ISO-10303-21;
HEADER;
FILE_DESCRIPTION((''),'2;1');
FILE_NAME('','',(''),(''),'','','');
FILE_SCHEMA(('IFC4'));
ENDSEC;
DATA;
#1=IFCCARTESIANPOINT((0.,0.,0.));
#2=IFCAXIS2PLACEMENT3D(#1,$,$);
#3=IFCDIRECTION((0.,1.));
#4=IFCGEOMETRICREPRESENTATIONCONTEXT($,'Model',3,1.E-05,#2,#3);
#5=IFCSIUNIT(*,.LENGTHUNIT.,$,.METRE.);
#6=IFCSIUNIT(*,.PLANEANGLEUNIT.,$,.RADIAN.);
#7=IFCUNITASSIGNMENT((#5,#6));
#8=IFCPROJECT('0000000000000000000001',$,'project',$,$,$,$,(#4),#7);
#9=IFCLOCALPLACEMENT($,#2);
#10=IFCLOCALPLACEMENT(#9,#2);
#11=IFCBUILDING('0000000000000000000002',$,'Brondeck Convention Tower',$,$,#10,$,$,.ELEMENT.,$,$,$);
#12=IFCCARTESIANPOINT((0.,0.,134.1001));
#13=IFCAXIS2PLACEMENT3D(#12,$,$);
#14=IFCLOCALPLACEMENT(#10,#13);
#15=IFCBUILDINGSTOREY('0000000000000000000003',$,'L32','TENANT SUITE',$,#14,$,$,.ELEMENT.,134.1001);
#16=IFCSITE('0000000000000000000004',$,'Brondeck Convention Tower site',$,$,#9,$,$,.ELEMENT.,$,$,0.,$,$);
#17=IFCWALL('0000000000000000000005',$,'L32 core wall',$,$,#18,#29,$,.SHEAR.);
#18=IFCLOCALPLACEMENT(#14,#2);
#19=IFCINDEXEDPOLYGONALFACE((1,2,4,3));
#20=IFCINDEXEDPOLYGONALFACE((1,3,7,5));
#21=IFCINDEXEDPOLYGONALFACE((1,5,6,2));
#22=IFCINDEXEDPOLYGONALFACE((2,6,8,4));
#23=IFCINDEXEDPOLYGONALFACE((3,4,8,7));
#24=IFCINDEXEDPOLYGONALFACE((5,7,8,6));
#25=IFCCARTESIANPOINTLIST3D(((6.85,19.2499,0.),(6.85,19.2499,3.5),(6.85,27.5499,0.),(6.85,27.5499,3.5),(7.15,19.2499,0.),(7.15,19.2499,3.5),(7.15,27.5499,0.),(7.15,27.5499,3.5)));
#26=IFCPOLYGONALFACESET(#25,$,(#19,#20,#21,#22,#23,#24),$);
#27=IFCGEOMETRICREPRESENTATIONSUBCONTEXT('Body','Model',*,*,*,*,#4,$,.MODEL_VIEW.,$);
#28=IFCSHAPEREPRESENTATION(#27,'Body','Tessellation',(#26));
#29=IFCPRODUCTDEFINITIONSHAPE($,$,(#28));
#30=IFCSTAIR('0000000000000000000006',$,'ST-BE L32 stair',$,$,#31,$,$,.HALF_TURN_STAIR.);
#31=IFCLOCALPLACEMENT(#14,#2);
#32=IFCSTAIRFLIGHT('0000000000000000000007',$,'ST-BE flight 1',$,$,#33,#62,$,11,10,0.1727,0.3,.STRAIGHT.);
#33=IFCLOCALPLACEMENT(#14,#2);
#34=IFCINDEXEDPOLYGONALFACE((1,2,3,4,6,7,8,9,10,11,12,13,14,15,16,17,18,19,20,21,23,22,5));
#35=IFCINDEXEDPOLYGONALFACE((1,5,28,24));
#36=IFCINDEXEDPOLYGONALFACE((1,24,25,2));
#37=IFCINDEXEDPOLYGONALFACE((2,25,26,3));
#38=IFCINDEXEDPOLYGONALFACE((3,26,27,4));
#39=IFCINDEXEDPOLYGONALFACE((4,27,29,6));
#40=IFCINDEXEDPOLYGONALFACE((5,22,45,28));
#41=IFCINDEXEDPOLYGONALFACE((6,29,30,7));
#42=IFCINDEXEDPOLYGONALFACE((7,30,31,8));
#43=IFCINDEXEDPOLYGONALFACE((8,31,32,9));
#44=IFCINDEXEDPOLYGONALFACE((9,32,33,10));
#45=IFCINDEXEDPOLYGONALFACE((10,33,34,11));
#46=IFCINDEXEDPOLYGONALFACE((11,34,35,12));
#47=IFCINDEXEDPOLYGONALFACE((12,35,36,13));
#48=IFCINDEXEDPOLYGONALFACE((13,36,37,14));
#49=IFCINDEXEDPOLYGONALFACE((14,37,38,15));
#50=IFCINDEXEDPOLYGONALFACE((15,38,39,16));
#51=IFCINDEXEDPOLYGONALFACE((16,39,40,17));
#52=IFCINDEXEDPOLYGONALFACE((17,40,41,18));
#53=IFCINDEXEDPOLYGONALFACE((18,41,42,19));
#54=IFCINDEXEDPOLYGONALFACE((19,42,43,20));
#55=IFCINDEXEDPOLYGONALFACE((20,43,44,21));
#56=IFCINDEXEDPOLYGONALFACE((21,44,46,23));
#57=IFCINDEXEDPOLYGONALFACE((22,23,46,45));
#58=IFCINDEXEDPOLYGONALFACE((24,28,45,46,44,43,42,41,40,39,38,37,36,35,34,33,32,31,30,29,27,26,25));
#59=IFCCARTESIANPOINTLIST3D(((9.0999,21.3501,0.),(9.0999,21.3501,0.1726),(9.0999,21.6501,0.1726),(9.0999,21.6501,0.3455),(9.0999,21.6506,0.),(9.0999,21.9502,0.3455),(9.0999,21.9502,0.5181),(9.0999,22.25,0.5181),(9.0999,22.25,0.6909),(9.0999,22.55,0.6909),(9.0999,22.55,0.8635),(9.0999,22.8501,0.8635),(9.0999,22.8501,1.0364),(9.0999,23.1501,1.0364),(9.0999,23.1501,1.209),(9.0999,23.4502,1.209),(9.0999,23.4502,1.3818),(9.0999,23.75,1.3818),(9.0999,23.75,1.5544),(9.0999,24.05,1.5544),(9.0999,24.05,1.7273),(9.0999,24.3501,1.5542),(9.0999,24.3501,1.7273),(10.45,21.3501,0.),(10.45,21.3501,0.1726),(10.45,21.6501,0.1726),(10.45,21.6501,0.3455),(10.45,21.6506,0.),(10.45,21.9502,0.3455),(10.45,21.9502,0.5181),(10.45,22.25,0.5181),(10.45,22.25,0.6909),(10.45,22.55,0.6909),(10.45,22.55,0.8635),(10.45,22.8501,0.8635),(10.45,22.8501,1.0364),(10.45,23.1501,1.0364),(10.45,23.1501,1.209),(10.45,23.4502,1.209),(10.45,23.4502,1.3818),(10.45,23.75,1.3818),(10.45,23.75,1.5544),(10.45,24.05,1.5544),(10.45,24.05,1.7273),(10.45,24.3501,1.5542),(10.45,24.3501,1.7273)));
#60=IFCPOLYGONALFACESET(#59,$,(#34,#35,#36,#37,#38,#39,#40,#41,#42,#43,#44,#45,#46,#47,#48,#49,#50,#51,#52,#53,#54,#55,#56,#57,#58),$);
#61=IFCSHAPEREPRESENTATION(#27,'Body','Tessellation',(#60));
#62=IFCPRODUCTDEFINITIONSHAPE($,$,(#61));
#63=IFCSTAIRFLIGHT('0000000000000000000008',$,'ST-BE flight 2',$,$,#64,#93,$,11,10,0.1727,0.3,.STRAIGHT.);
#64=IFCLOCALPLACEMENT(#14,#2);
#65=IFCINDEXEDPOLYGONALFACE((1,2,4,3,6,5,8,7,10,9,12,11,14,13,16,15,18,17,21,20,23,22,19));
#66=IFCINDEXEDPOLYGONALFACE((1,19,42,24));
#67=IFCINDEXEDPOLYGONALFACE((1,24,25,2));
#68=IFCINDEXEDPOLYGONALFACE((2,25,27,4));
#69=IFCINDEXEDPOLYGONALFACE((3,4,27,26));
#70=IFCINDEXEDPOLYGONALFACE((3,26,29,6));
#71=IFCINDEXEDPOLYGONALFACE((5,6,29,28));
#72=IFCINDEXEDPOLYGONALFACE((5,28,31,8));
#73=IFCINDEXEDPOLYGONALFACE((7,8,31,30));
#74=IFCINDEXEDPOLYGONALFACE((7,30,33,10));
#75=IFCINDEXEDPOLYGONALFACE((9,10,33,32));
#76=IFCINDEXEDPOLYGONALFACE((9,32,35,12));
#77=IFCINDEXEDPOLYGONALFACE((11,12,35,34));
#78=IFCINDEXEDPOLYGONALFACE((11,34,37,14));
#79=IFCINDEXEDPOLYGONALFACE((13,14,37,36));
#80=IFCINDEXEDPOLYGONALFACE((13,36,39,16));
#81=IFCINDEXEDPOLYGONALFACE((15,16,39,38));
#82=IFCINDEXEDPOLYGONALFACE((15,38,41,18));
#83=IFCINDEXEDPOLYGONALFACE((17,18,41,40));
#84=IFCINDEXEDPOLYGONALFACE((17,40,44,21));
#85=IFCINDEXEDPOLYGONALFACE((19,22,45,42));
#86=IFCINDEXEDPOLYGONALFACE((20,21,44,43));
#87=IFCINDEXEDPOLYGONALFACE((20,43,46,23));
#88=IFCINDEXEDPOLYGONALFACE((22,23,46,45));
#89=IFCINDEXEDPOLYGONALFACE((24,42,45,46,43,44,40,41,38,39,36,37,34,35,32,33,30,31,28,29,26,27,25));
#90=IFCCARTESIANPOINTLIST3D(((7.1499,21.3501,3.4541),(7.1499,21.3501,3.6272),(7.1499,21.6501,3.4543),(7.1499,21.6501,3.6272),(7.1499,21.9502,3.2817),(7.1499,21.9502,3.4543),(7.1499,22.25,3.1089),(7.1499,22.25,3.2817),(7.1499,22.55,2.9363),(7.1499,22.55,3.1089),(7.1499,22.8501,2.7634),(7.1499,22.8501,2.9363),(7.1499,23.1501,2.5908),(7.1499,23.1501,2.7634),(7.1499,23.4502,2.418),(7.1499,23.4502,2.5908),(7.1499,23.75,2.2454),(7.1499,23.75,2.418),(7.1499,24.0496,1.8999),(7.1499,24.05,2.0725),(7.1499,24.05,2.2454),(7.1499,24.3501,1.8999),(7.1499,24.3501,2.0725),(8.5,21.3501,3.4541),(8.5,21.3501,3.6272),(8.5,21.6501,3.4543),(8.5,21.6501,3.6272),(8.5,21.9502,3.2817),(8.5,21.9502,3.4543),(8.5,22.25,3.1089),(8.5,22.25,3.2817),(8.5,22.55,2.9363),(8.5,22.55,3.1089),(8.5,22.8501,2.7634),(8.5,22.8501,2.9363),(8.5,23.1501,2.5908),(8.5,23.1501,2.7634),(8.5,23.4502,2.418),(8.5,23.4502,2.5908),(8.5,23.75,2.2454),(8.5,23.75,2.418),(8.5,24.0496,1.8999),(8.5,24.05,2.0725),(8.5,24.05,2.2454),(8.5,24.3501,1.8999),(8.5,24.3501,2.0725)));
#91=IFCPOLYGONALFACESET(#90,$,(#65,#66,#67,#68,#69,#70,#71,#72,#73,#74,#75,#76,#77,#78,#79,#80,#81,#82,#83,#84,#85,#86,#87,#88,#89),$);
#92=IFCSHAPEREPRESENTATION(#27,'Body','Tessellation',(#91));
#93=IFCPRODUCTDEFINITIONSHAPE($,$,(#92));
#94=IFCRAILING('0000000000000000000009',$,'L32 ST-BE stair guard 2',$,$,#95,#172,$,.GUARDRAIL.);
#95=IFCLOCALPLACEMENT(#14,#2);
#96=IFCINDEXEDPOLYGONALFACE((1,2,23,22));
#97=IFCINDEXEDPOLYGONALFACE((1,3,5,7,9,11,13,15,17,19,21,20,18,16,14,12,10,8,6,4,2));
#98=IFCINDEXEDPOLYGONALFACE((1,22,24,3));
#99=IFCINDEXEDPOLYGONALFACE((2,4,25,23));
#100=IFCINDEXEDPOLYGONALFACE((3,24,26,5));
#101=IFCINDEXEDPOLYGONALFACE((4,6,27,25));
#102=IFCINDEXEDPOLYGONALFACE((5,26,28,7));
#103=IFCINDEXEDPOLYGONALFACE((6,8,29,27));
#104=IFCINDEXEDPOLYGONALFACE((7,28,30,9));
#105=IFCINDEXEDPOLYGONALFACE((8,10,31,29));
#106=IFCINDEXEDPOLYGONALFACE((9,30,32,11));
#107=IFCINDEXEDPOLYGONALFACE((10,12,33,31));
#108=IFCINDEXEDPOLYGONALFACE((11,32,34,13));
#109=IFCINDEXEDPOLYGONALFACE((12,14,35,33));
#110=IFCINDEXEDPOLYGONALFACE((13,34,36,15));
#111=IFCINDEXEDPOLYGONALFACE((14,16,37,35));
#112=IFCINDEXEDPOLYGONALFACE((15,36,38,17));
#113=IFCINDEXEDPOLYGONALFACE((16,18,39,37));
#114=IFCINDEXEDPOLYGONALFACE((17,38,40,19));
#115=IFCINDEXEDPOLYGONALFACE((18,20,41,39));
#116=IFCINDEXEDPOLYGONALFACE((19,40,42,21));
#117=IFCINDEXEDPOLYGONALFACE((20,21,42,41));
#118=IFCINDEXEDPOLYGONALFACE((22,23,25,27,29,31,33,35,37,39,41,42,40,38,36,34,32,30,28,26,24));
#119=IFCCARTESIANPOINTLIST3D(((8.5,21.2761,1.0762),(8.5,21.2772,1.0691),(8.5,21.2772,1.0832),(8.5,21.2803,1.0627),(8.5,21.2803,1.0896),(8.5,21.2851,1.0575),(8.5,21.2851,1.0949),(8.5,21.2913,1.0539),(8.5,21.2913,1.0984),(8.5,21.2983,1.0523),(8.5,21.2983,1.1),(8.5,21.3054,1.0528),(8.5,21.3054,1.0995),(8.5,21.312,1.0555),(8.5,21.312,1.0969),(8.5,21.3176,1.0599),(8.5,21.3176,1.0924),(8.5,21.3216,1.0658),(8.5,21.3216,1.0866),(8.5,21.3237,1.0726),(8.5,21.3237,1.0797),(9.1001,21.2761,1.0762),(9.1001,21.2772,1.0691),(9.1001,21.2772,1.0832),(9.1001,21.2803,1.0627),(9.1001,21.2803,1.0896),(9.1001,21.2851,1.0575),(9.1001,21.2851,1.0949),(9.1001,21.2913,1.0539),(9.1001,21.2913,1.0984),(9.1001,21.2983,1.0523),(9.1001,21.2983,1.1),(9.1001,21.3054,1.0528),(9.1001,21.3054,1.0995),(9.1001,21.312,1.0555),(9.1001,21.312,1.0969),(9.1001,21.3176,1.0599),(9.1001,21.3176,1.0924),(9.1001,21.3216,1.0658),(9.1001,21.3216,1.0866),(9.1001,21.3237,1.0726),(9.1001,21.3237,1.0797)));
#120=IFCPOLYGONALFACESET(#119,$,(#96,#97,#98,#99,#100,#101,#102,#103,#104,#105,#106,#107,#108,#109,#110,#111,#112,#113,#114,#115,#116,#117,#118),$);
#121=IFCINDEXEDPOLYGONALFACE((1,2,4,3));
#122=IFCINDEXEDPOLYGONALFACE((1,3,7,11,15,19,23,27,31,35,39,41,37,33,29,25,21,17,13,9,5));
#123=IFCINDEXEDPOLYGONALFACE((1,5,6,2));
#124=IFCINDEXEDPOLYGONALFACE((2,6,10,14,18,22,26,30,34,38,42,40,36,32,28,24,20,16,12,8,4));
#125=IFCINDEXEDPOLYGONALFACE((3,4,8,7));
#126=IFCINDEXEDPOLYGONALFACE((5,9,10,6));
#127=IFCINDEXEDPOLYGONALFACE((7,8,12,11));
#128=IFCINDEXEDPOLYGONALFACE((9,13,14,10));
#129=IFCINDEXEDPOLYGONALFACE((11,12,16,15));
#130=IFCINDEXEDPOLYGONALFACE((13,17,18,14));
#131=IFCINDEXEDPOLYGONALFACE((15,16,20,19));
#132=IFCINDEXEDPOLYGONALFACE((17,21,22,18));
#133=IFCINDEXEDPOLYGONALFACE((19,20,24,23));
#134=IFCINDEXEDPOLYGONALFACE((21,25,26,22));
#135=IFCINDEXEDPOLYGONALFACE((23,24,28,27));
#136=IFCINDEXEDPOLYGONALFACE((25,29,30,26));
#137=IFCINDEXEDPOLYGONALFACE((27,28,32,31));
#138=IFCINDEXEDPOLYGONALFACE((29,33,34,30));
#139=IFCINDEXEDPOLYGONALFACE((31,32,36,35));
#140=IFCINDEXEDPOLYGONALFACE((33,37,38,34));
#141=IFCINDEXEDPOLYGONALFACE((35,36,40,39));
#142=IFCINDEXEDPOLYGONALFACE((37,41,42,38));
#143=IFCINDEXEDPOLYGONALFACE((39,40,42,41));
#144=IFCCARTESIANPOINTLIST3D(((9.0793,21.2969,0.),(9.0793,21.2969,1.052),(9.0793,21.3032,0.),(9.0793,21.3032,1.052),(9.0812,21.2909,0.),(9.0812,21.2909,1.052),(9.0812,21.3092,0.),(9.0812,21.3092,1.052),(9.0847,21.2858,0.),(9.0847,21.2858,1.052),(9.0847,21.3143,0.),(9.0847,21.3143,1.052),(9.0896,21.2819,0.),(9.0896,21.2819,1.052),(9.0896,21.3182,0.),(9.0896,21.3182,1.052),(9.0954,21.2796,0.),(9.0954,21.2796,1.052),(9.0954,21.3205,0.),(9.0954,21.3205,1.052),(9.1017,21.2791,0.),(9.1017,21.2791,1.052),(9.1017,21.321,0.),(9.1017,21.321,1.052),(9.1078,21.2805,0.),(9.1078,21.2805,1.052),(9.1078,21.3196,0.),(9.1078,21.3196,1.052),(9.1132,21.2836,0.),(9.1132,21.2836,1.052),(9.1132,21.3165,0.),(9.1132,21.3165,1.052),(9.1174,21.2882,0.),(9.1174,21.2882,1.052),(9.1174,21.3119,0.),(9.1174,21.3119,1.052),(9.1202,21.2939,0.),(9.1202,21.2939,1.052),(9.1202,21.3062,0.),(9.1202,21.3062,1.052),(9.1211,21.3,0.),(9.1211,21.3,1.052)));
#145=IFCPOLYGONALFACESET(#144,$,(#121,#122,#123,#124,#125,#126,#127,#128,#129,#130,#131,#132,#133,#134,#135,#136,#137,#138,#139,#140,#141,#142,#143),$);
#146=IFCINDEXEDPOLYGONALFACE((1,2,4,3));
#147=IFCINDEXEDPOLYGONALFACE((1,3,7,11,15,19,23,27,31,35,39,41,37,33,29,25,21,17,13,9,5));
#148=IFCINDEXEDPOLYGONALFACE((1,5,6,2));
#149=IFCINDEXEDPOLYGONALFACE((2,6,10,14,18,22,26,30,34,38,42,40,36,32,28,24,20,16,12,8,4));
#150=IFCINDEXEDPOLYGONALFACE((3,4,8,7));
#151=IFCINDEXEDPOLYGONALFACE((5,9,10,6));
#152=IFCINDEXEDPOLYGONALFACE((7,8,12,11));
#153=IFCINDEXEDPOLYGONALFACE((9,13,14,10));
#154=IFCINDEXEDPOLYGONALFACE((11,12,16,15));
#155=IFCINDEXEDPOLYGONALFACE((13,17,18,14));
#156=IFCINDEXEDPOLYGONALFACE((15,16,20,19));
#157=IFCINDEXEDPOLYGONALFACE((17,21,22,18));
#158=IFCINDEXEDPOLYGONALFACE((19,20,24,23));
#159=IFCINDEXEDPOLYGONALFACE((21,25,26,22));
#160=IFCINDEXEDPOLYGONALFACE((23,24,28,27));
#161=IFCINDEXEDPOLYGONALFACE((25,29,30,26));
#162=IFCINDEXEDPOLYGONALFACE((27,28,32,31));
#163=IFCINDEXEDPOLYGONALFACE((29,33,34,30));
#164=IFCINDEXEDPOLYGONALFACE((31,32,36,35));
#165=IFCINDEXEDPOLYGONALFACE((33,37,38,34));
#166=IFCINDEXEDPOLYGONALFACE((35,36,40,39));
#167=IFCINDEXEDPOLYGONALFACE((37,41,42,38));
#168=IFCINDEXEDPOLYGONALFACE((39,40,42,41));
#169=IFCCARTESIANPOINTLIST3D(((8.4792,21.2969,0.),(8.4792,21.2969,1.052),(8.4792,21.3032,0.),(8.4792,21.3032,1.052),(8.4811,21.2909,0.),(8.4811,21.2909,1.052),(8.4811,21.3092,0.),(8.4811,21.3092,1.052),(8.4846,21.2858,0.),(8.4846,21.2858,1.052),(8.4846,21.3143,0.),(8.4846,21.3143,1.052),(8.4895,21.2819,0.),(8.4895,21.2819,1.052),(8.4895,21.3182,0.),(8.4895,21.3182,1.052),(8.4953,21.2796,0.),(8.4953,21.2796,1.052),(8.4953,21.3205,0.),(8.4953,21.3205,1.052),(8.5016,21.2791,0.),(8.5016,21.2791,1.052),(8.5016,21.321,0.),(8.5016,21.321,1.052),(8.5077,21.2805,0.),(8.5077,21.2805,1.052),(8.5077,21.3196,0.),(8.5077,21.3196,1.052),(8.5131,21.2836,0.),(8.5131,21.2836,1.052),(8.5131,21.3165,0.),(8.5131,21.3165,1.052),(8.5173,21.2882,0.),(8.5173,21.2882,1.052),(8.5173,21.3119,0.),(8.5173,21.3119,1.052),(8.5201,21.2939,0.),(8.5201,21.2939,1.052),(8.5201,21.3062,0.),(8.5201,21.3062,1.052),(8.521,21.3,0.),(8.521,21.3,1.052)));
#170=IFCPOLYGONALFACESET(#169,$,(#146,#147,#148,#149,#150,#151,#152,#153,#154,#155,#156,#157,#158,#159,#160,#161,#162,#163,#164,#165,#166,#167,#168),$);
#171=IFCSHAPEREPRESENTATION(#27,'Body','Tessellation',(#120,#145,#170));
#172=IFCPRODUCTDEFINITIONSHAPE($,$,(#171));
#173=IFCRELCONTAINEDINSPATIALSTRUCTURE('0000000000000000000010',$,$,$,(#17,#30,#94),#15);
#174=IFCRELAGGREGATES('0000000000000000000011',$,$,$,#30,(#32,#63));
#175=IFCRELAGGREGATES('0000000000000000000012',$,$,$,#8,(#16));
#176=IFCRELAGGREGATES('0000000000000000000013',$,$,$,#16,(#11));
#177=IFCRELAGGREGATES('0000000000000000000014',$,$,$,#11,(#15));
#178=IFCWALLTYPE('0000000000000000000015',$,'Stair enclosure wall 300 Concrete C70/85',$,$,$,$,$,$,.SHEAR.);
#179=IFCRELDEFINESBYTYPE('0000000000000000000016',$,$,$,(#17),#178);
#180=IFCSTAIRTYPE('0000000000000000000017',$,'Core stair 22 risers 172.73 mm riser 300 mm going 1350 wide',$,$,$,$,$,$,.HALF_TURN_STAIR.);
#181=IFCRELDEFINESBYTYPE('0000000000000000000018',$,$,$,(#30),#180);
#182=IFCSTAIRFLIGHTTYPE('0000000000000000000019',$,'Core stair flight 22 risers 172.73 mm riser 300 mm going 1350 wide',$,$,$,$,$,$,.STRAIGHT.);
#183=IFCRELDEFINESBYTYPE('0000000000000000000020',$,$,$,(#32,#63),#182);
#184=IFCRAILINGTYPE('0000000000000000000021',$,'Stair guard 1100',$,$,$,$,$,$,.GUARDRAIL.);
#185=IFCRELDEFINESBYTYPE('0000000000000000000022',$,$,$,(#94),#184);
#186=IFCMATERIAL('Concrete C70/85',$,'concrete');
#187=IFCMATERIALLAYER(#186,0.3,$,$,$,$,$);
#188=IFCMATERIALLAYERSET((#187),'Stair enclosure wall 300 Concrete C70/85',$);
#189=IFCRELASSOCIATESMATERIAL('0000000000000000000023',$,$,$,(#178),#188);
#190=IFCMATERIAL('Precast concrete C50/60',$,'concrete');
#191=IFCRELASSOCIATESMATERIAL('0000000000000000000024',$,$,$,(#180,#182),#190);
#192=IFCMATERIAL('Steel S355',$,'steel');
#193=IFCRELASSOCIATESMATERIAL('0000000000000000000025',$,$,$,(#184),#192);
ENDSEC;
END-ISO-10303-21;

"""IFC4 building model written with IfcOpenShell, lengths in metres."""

from ifc_helpers import new_model, si_unit, direction, frame, frame_2d, origin, origin_2d, place, context, subcontext, project, spatial, polyline, rectangle, circle, outline, extrude, material, layer, layer_set, type_object, element, aggregate, save


model = new_model("IFC4")

# Units and contexts
model_context = context("Model", 3, precision=1e-05, world=origin(), true_north=direction((0.0, 1.0)))
body_context = subcontext(model_context, "Body", "Model", "MODEL_VIEW")
ifc_project = project(units=[si_unit("LENGTHUNIT", "METRE"), si_unit("PLANEANGLEUNIT", "RADIAN")], contexts=[model_context])

# Site, building, storey
site_placement = place(None, origin())
site = spatial("IfcSite", under=ifc_project, at=site_placement, Name="Brondeck Convention Tower site", CompositionType="ELEMENT", RefElevation=0.0)
building_placement = place(site_placement, origin())
building = spatial("IfcBuilding", under=site, at=building_placement, Name="Brondeck Convention Tower", CompositionType="ELEMENT")
storey_placement = place(building_placement, frame((0.0, 0.0, 134.1001)))
storey = spatial("IfcBuildingStorey", under=building, at=storey_placement, Name="L32", Description="TENANT SUITE", CompositionType="ELEMENT", Elevation=134.1001)

# Shared definitions
ifc_material_1 = material(Name="Concrete C70/85", Category="concrete")

# Shared definitions
ifc_material_2 = material(Name="Steel S355", Category="steel")

# Wall
ifc_layer_1 = layer(ifc_material_1, 0.3)
ifc_layer_set_1 = layer_set([ifc_layer_1], Name="Stair enclosure wall 300 Concrete C70/85")
wall_type_1 = type_object("IfcWallType", Name="Stair enclosure wall 300 Concrete C70/85", PredefinedType="SHEAR", material=ifc_layer_set_1)
wall_1_placement = place(storey_placement, frame((7.0, 19.25, 0.0), z_axis=(0.0, 0.0, 1.0), x_axis=(0.0, 1.0, 0.0)))
element("IfcWall", 1, at=wall_1_placement, inside=storey, type_object=wall_type_1, Name="L32 core wall", PredefinedType="SHEAR", context=body_context, shape_type="SweptSolid", body=[
    extrude(rectangle(XDim=8.3, YDim=0.3, at=frame_2d((4.1499, 0.0))), origin(), (0.0, 0.0, 1.0), 3.5),
])

# Stair, stair flights
ifc_material_3 = material(Name="Precast concrete C50/60", Category="concrete")
stair_type = type_object("IfcStairType", Name="Core stair 22 risers 172.73 mm riser 300 mm going 1350 wide", PredefinedType="HALF_TURN_STAIR", material=ifc_material_3)
stair_placement = place(storey_placement, origin())
stair = element("IfcStair", 2, at=stair_placement, inside=storey, type_object=stair_type, Name="ST-BE L32 stair", PredefinedType="HALF_TURN_STAIR")
stair_flight_type = type_object("IfcStairFlightType", Name="Core stair flight 22 risers 172.73 mm riser 300 mm going 1350 wide", PredefinedType="STRAIGHT", material=ifc_material_3)
stair_flight_1_placement = place(storey_placement, frame((9.7749, 21.3501, 0.0), z_axis=(0.0, 0.0, 1.0), x_axis=(0.0, 1.0, 0.0)))
stair_flight_1 = element("IfcStairFlight", 3, at=stair_flight_1_placement, type_object=stair_flight_type, Name="ST-BE flight 1", NumberOfRisers=11, NumberOfTreads=10, PredefinedType="STRAIGHT", RiserHeight=0.1727, TreadLength=0.3, context=body_context, shape_type="SweptSolid", body=[
    extrude(outline(polyline([(0.0, 0.0), (0.0, 0.1726), (0.3, 0.1726), (0.3, 0.3455), (0.6001, 0.3455), (0.6001, 0.5181), (0.8999, 0.5181), (0.8999, 0.6909), (1.2, 0.6909), (1.2, 0.8635), (1.5, 0.8635), (1.5, 1.0364), (1.8, 1.0364), (1.8, 1.209), (2.1001, 1.209), (2.1001, 1.3818), (2.3999, 1.3818), (2.3999, 1.5544), (2.7, 1.5544), (2.7, 1.7273), (3.0, 1.7273), (3.0, 1.8999), (3.0, 1.5542), (0.3005, 0.0), (0.0, 0.0)])), frame((0.0, 0.675, 0.0), z_axis=(0.0, -1.0, 0.0), x_axis=(1.0, 0.0, 0.0)), (0.0, 0.0, 1.0), 1.3501),
])
stair_flight_2_placement = place(storey_placement, frame((7.825, 24.3501, 1.8999), z_axis=(0.0, 0.0, 1.0), x_axis=(0.0, -1.0, 0.0)))
stair_flight_2 = element("IfcStairFlight", 4, at=stair_flight_2_placement, type_object=stair_flight_type, Name="ST-BE flight 2", NumberOfRisers=11, NumberOfTreads=10, PredefinedType="STRAIGHT", RiserHeight=0.1727, TreadLength=0.3, context=body_context, shape_type="SweptSolid", body=[
    extrude(outline(polyline([(0.0, 0.0), (0.0, 0.1726), (0.3, 0.1726), (0.3, 0.3455), (0.6001, 0.3455), (0.6001, 0.5181), (0.8999, 0.5181), (0.8999, 0.6909), (1.2, 0.6909), (1.2, 0.8635), (1.5, 0.8635), (1.5, 1.0364), (1.8, 1.0364), (1.8, 1.209), (2.1001, 1.209), (2.1001, 1.3818), (2.3999, 1.3818), (2.3999, 1.5544), (2.7, 1.5544), (2.7, 1.7273), (3.0, 1.7273), (3.0, 1.8999), (3.0, 1.5542), (0.3005, 0.0), (0.0, 0.0)])), frame((0.0, 0.675, 0.0), z_axis=(0.0, -1.0, 0.0), x_axis=(1.0, 0.0, 0.0)), (0.0, 0.0, 1.0), 1.3501),
])
aggregate(stair, [stair_flight_1, stair_flight_2])

# Railing
railing_type_1 = type_object("IfcRailingType", Name="Stair guard 1100", PredefinedType="GUARDRAIL", material=ifc_material_2)
railing_1_placement = place(storey_placement, frame((9.1001, 21.3, 0.0)))
element("IfcRailing", 5, at=railing_1_placement, inside=storey, type_object=railing_type_1, Name="L32 ST-BE stair guard 2", PredefinedType="GUARDRAIL", context=body_context, shape_type="SweptSolid", body=[
    extrude(circle(Radius=0.0239, at=origin_2d()), frame((0.0, 0.0, 1.0762), z_axis=(-1.0, 0.0, 0.0), x_axis=(0.0, -1.0, 0.0)), (0.0, 0.0, 1.0), 0.6001),
    extrude(circle(Radius=0.021, at=origin_2d()), origin(), (0.0, 0.0, 1.0), 1.052),
    extrude(circle(Radius=0.021, at=origin_2d()), frame((-0.6001, 0.0, 0.0)), (0.0, 0.0, 1.0), 1.052),
])

save(model, "model.ifc")
